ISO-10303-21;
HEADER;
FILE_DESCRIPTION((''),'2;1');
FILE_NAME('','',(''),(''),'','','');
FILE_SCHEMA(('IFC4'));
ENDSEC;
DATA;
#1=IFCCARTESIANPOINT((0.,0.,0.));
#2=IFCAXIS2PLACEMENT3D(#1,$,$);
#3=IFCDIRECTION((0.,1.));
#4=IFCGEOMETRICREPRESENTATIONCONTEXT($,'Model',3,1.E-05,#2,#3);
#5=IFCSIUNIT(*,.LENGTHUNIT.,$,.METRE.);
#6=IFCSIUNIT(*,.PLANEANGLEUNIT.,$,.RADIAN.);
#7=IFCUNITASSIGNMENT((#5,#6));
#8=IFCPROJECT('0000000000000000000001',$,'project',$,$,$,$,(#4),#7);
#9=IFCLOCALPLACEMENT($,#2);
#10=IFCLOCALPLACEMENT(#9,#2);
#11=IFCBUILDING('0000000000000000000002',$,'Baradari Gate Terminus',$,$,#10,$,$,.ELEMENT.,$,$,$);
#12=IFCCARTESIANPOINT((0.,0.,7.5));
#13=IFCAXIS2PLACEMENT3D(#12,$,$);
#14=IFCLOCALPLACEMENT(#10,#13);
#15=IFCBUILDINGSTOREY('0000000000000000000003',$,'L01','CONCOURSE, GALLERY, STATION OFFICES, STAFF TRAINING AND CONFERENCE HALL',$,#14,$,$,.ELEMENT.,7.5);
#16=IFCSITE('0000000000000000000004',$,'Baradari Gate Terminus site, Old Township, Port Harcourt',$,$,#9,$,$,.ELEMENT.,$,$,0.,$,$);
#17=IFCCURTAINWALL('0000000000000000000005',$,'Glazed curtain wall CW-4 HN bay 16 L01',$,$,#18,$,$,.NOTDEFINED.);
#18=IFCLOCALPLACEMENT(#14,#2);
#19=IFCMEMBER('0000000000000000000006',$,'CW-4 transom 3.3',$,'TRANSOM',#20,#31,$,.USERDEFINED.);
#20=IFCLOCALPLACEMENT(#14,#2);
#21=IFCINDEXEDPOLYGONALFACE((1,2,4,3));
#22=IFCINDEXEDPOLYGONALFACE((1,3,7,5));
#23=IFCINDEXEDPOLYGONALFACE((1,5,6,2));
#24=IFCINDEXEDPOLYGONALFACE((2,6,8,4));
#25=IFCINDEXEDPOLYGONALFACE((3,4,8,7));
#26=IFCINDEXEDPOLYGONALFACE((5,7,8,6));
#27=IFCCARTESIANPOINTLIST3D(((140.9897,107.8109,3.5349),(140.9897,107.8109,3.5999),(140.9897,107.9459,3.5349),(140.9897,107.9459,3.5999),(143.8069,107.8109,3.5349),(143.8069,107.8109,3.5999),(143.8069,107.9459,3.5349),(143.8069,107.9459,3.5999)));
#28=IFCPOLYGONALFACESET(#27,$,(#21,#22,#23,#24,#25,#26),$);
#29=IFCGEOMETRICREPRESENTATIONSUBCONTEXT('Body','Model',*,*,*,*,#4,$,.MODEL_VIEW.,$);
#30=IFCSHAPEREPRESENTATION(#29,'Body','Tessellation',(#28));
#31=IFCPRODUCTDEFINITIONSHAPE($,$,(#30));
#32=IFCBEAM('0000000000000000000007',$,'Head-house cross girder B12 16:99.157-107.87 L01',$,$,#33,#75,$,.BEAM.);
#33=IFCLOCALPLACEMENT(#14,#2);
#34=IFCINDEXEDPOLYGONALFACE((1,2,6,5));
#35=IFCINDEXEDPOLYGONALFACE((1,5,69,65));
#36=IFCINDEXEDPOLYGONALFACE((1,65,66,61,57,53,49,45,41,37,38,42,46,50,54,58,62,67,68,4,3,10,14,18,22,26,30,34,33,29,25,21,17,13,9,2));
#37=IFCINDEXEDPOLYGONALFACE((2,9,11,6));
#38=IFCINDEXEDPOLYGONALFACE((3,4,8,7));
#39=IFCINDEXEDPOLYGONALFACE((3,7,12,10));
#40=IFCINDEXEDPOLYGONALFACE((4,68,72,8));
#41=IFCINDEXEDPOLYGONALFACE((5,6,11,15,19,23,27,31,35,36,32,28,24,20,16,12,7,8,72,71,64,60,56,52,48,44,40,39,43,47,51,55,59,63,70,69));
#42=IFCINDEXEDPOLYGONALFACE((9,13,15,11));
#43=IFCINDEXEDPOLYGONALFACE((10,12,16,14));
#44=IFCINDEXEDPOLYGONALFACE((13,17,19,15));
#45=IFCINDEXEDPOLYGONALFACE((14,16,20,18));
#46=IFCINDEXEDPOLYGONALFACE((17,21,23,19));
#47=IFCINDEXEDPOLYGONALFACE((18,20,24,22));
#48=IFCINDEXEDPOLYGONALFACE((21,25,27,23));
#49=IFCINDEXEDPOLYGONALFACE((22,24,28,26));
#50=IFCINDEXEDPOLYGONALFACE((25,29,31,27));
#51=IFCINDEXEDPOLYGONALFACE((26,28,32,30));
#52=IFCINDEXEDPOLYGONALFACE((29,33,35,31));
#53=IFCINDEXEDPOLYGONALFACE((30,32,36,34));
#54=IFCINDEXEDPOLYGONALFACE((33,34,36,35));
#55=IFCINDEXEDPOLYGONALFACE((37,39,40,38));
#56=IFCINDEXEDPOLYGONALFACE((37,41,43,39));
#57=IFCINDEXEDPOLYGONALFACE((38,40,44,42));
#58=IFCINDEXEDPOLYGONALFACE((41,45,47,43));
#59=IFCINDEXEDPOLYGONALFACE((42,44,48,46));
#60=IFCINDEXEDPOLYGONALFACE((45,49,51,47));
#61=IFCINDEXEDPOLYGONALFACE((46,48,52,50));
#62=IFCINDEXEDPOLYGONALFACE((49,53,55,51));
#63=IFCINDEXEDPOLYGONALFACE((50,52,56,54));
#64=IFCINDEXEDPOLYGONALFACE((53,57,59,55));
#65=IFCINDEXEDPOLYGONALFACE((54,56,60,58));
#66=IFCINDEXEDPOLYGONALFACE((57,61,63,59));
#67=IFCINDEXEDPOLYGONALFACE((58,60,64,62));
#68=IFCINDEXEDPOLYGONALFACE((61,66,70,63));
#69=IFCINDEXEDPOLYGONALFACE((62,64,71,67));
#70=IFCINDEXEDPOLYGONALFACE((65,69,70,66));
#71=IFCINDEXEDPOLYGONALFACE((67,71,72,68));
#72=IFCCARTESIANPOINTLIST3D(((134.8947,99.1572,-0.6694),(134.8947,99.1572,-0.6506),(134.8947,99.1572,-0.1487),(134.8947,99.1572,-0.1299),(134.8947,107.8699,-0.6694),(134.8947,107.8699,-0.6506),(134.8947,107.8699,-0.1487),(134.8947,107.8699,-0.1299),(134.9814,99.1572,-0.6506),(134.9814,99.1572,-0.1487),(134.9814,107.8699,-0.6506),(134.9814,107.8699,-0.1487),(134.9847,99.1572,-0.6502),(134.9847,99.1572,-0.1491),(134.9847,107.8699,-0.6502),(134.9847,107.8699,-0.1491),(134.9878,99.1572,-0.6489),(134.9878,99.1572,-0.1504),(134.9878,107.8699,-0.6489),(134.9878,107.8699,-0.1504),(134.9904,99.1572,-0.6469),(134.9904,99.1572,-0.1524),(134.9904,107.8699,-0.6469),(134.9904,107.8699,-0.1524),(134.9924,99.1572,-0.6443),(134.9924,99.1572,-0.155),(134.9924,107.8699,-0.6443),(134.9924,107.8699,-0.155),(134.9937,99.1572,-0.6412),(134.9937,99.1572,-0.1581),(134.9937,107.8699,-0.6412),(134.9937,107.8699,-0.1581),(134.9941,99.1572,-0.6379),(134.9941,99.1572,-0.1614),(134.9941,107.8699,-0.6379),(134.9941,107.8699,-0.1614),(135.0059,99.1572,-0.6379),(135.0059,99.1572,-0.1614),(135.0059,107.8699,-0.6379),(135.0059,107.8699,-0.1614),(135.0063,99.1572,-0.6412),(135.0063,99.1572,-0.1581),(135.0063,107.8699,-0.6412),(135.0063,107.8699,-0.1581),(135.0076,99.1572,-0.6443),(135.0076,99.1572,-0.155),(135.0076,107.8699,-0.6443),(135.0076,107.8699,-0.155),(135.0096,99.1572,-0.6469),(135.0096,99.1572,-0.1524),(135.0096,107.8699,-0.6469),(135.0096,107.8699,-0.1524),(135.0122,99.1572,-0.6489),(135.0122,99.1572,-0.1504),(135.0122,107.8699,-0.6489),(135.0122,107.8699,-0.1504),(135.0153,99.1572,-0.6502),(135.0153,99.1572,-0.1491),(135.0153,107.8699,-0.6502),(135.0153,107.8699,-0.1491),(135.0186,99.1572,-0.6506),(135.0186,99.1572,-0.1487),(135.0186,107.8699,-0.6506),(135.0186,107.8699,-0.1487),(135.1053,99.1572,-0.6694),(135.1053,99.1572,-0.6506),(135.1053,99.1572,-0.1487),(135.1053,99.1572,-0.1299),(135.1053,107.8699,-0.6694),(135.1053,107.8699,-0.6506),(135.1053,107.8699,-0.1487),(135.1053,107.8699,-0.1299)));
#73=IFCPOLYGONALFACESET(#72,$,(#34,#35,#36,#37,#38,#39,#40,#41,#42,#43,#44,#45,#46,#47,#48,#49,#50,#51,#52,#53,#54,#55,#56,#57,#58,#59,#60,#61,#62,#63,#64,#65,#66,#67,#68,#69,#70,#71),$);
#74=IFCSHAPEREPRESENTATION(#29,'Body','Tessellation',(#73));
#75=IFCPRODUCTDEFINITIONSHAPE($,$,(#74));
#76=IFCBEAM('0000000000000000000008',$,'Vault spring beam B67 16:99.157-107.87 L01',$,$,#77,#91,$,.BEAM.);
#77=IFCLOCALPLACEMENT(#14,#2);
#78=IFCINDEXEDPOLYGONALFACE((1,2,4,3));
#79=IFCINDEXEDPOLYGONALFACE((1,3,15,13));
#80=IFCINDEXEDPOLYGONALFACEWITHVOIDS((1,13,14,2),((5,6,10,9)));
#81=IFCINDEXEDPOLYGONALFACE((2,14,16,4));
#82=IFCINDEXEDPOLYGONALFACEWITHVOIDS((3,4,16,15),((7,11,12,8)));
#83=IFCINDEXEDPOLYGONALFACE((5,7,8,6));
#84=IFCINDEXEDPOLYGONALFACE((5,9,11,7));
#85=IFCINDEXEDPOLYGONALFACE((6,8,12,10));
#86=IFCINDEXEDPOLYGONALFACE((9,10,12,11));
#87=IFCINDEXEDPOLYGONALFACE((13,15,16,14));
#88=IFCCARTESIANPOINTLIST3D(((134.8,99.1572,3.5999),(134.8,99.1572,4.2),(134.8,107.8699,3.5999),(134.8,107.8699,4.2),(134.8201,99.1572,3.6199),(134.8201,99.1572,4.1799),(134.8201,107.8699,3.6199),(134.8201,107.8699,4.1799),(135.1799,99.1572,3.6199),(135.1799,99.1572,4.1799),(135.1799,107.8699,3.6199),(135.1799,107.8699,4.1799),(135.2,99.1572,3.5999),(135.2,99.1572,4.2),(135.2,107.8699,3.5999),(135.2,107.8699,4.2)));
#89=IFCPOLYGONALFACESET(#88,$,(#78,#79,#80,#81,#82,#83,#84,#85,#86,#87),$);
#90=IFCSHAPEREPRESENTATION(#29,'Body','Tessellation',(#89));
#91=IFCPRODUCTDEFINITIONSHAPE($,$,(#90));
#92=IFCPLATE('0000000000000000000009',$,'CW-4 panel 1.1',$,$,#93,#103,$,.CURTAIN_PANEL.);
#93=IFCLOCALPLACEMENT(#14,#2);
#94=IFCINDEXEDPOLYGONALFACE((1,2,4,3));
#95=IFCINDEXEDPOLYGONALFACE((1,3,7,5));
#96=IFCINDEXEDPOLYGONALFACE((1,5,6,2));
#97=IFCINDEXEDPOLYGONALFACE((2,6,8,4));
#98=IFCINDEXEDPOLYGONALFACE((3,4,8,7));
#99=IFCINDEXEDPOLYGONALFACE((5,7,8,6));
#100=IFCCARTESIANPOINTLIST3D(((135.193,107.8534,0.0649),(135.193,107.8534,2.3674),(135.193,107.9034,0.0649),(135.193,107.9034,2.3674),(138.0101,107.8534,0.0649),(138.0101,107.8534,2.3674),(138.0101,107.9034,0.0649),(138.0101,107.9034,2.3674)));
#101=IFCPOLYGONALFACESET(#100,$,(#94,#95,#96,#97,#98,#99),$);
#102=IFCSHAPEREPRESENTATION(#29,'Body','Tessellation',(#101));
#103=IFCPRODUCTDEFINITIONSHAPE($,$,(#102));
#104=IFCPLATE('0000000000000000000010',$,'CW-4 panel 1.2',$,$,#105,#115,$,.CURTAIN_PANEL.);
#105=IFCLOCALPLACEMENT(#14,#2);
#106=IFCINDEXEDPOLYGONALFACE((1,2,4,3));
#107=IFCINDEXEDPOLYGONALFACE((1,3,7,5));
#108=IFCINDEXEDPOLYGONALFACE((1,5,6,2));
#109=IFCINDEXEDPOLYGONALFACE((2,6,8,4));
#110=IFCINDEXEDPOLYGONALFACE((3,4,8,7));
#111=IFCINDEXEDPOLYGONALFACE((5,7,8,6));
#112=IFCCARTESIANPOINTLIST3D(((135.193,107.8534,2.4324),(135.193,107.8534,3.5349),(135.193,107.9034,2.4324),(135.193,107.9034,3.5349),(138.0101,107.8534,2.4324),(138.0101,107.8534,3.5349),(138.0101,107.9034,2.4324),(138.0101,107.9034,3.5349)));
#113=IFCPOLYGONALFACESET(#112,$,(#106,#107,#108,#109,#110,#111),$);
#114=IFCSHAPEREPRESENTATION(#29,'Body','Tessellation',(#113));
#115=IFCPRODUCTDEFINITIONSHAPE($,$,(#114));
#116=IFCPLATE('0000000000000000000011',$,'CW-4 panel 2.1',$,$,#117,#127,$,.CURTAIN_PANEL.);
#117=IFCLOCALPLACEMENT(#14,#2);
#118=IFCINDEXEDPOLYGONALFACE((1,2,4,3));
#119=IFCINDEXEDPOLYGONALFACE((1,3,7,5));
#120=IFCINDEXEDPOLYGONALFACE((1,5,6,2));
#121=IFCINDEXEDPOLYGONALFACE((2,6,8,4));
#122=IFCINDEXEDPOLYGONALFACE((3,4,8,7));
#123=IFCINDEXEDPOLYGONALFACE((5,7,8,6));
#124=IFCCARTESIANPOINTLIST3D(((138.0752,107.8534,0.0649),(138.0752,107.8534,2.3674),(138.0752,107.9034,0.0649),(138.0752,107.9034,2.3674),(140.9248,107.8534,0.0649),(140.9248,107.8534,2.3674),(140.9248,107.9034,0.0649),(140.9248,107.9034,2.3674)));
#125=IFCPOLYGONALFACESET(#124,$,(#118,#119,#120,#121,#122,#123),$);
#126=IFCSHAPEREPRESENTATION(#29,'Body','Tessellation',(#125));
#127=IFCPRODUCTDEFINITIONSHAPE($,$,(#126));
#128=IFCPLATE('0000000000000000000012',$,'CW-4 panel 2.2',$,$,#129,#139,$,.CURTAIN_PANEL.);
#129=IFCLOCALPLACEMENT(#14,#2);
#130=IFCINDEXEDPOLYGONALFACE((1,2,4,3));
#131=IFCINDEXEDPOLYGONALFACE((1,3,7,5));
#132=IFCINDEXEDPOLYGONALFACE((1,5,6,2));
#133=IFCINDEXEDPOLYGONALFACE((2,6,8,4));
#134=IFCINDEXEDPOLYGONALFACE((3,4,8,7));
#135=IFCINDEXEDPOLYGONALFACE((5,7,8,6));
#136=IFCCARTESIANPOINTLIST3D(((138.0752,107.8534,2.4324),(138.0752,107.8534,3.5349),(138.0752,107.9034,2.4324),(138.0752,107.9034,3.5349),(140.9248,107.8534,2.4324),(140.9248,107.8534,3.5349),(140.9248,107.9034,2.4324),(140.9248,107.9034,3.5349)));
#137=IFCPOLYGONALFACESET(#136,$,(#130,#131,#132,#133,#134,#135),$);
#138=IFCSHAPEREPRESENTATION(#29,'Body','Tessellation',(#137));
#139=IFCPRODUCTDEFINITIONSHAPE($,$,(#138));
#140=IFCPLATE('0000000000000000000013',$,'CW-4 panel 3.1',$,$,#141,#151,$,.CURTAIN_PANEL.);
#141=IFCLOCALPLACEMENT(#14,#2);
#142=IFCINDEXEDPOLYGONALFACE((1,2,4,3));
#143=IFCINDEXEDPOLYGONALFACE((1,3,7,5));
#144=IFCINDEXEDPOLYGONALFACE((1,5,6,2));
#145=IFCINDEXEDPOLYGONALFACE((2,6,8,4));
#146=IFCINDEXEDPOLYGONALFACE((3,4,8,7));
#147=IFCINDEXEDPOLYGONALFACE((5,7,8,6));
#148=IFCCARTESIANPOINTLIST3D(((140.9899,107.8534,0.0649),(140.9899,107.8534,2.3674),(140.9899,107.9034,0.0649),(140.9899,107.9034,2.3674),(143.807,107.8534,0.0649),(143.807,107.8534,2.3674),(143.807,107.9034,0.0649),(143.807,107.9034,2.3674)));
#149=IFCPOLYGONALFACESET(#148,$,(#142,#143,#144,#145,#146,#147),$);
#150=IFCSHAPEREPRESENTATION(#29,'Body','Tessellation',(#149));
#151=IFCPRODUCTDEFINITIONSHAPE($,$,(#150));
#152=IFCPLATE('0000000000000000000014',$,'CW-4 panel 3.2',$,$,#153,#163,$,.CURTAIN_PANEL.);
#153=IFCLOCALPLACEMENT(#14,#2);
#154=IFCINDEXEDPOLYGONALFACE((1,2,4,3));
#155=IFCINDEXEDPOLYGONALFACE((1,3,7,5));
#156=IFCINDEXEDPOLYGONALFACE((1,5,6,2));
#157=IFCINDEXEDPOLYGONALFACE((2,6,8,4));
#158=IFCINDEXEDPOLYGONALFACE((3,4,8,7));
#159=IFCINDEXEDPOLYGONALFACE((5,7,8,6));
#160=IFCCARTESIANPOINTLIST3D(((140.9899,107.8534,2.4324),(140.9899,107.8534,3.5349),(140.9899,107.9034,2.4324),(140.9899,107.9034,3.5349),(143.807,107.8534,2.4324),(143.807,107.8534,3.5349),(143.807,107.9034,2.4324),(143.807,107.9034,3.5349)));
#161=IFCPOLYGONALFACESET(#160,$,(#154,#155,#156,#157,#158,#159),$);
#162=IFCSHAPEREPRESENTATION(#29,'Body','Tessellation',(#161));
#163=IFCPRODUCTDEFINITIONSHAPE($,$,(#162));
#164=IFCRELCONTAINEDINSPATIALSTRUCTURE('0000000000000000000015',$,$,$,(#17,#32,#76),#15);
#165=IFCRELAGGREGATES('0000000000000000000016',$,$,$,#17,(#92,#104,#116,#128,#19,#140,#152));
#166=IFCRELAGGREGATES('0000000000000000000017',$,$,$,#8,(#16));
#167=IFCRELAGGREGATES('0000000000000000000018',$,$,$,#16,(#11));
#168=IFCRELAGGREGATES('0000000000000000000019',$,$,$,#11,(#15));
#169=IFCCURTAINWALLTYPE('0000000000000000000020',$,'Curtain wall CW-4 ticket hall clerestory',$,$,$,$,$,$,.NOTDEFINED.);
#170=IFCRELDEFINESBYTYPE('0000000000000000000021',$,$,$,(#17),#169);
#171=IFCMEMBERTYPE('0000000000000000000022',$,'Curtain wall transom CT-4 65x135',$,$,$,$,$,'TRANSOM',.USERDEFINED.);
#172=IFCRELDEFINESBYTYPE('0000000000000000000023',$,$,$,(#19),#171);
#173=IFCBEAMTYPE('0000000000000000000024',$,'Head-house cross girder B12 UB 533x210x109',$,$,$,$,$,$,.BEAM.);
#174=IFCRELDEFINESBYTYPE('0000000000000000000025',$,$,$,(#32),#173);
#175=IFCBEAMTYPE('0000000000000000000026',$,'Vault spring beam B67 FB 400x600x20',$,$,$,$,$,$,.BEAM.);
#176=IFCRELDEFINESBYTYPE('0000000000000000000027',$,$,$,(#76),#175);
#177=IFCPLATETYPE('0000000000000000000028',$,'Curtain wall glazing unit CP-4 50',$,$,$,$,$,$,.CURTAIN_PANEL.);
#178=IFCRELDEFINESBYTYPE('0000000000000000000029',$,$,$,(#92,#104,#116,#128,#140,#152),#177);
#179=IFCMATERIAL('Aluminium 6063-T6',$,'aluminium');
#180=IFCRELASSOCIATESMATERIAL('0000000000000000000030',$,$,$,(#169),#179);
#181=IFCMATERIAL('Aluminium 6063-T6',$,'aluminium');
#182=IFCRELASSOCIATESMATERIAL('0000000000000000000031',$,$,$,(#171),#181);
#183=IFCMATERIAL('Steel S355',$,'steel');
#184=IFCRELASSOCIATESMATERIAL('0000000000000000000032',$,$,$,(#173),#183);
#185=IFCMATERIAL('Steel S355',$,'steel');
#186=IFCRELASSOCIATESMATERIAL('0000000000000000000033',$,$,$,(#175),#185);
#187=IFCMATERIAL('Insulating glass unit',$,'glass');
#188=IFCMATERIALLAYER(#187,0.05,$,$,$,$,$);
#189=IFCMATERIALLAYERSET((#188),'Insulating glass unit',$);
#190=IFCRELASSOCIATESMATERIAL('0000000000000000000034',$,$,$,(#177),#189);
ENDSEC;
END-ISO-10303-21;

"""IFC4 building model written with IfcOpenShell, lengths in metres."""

from ifc_helpers import new_model, si_unit, direction, frame, origin, origin_2d, place, context, subcontext, project, spatial, rectangle, hollow_rectangle, i_section, extrude, material, layer, layer_set, material_profile, profile_set, type_object, element, aggregate, save


model = new_model("IFC4")

# Units and contexts
model_context = context("Model", 3, precision=1e-05, world=origin(), true_north=direction((0.0, 1.0)))
body_context = subcontext(model_context, "Body", "Model", "MODEL_VIEW")
ifc_project = project(units=[si_unit("LENGTHUNIT", "METRE"), si_unit("PLANEANGLEUNIT", "RADIAN")], contexts=[model_context])

# Site, building, storey
site_placement = place(None, origin())
site = spatial("IfcSite", under=ifc_project, at=site_placement, Name="Baradari Gate Terminus site, Old Township, Port Harcourt", CompositionType="ELEMENT", RefElevation=0.0)
building_placement = place(site_placement, origin())
building = spatial("IfcBuilding", under=site, at=building_placement, Name="Baradari Gate Terminus", CompositionType="ELEMENT")
storey_placement = place(building_placement, frame((0.0, 0.0, 7.5)))
storey = spatial("IfcBuildingStorey", under=building, at=storey_placement, Name="L01", Description="CONCOURSE, GALLERY, STATION OFFICES, STAFF TRAINING AND CONFERENCE HALL", CompositionType="ELEMENT", Elevation=7.5)

# Curtain wall
ifc_material_1 = material(Name="Aluminium 6063-T6", Category="aluminium")
curtain_wall_type_1 = type_object("IfcCurtainWallType", Name="Curtain wall CW-4 ticket hall clerestory", PredefinedType="NOTDEFINED", material=ifc_material_1)
curtain_wall_1_placement = place(storey_placement, origin())
curtain_wall_1 = element("IfcCurtainWall", 1, at=curtain_wall_1_placement, inside=storey, type_object=curtain_wall_type_1, Name="Glazed curtain wall CW-4 HN bay 16 L01", PredefinedType="NOTDEFINED")

# Member
ifc_material_2 = material(Name="Aluminium 6063-T6", Category="aluminium")
ifc_material_profile_1 = material_profile(ifc_material_2, rectangle(XDim=0.135, YDim=0.0649, at=origin_2d()), Name="CT-4 65X135")
ifc_profile_set_1 = profile_set([ifc_material_profile_1], Name="Aluminium 6063-T6")
member_type_1 = type_object("IfcMemberType", Name="Curtain wall transom CT-4 65x135", ElementType="TRANSOM", PredefinedType="USERDEFINED", material=ifc_profile_set_1)
member_1_placement = place(storey_placement, frame((140.9897, 107.8784, 3.5674), z_axis=(1.0, 0.0, 0.0), x_axis=(0.0, 1.0, 0.0)))
member_1 = element("IfcMember", 2, at=member_1_placement, type_object=member_type_1, Name="CW-4 transom 3.3", ObjectType="TRANSOM", PredefinedType="USERDEFINED", context=body_context, shape_type="SweptSolid", body=[
    extrude(rectangle(XDim=0.135, YDim=0.0649, at=origin_2d()), origin(), (0.0, 0.0, 1.0), 2.8171),
])

# Beams
ifc_material_3 = material(Name="Steel S355", Category="steel")
ifc_material_profile_2 = material_profile(ifc_material_3, i_section(OverallWidth=0.2107, OverallDepth=0.5396, WebThickness=0.0117, FlangeThickness=0.0188, FilletRadius=0.0127, at=origin_2d()), Name="UB 533x210x109")
ifc_profile_set_2 = profile_set([ifc_material_profile_2], Name="Steel S355")
beam_type_1 = type_object("IfcBeamType", Name="Head-house cross girder B12 UB 533x210x109", PredefinedType="BEAM", material=ifc_profile_set_2)
beam_1_placement = place(storey_placement, frame((135.0, 99.1572, -0.3997), z_axis=(0.0, 1.0, 0.0), x_axis=(-1.0, 0.0, 0.0)))
element("IfcBeam", 3, at=beam_1_placement, inside=storey, type_object=beam_type_1, Name="Head-house cross girder B12 16:99.157-107.87 L01", PredefinedType="BEAM", context=body_context, shape_type="SweptSolid", body=[
    extrude(i_section(OverallWidth=0.2107, OverallDepth=0.5396, WebThickness=0.0117, FlangeThickness=0.0188, FilletRadius=0.0127, at=origin_2d()), origin(), (0.0, 0.0, 1.0), 8.7126),
])
ifc_material_4 = material(Name="Steel S355", Category="steel")
ifc_material_profile_3 = material_profile(ifc_material_4, hollow_rectangle(XDim=0.3999, YDim=0.6001, WallThickness=0.02, at=origin_2d()), Name="FB 400x600x20")
ifc_profile_set_3 = profile_set([ifc_material_profile_3], Name="Steel S355")
beam_type_2 = type_object("IfcBeamType", Name="Vault spring beam B67 FB 400x600x20", PredefinedType="BEAM", material=ifc_profile_set_3)
beam_2_placement = place(storey_placement, frame((135.0, 99.1572, 3.8999), z_axis=(0.0, 1.0, 0.0), x_axis=(-1.0, 0.0, 0.0)))
element("IfcBeam", 4, at=beam_2_placement, inside=storey, type_object=beam_type_2, Name="Vault spring beam B67 16:99.157-107.87 L01", PredefinedType="BEAM", context=body_context, shape_type="SweptSolid", body=[
    extrude(hollow_rectangle(XDim=0.3999, YDim=0.6001, WallThickness=0.02, at=origin_2d()), origin(), (0.0, 0.0, 1.0), 8.7126),
])

# Plates
ifc_material_5 = material(Name="Insulating glass unit", Category="glass")
ifc_layer = layer(ifc_material_5, 0.05)
ifc_layer_set = layer_set([ifc_layer], Name="Insulating glass unit")
plate_type = type_object("IfcPlateType", Name="Curtain wall glazing unit CP-4 50", PredefinedType="CURTAIN_PANEL", material=ifc_layer_set)
plate_1_placement = place(storey_placement, frame((136.6016, 107.8784, 0.0649), z_axis=(0.0, 0.0, 1.0), x_axis=(1.0, 0.0, 0.0)))
plate_1 = element("IfcPlate", 5, at=plate_1_placement, type_object=plate_type, Name="CW-4 panel 1.1", PredefinedType="CURTAIN_PANEL", context=body_context, shape_type="SweptSolid", body=[
    extrude(rectangle(XDim=2.8171, YDim=0.05, at=origin_2d()), origin(), (0.0, 0.0, 1.0), 2.3025),
])
plate_2_placement = place(storey_placement, frame((136.6016, 107.8784, 2.4324), z_axis=(0.0, 0.0, 1.0), x_axis=(1.0, 0.0, 0.0)))
plate_2 = element("IfcPlate", 6, at=plate_2_placement, type_object=plate_type, Name="CW-4 panel 1.2", PredefinedType="CURTAIN_PANEL", context=body_context, shape_type="SweptSolid", body=[
    extrude(rectangle(XDim=2.8171, YDim=0.05, at=origin_2d()), origin(), (0.0, 0.0, 1.0), 1.1025),
])
plate_3_placement = place(storey_placement, frame((139.5, 107.8784, 0.0649), z_axis=(0.0, 0.0, 1.0), x_axis=(1.0, 0.0, 0.0)))
plate_3 = element("IfcPlate", 7, at=plate_3_placement, type_object=plate_type, Name="CW-4 panel 2.1", PredefinedType="CURTAIN_PANEL", context=body_context, shape_type="SweptSolid", body=[
    extrude(rectangle(XDim=2.8496, YDim=0.05, at=origin_2d()), origin(), (0.0, 0.0, 1.0), 2.3025),
])
plate_4_placement = place(storey_placement, frame((139.5, 107.8784, 2.4324), z_axis=(0.0, 0.0, 1.0), x_axis=(1.0, 0.0, 0.0)))
plate_4 = element("IfcPlate", 8, at=plate_4_placement, type_object=plate_type, Name="CW-4 panel 2.2", PredefinedType="CURTAIN_PANEL", context=body_context, shape_type="SweptSolid", body=[
    extrude(rectangle(XDim=2.8496, YDim=0.05, at=origin_2d()), origin(), (0.0, 0.0, 1.0), 1.1025),
])
plate_5_placement = place(storey_placement, frame((142.3984, 107.8784, 0.0649), z_axis=(0.0, 0.0, 1.0), x_axis=(1.0, 0.0, 0.0)))
plate_5 = element("IfcPlate", 9, at=plate_5_placement, type_object=plate_type, Name="CW-4 panel 3.1", PredefinedType="CURTAIN_PANEL", context=body_context, shape_type="SweptSolid", body=[
    extrude(rectangle(XDim=2.8171, YDim=0.05, at=origin_2d()), origin(), (0.0, 0.0, 1.0), 2.3025),
])
plate_6_placement = place(storey_placement, frame((142.3984, 107.8784, 2.4324), z_axis=(0.0, 0.0, 1.0), x_axis=(1.0, 0.0, 0.0)))
plate_6 = element("IfcPlate", 10, at=plate_6_placement, type_object=plate_type, Name="CW-4 panel 3.2", PredefinedType="CURTAIN_PANEL", context=body_context, shape_type="SweptSolid", body=[
    extrude(rectangle(XDim=2.8171, YDim=0.05, at=origin_2d()), origin(), (0.0, 0.0, 1.0), 1.1025),
])
aggregate(curtain_wall_1, [plate_1, plate_2, plate_3, plate_4, member_1, plate_5, plate_6])

save(model, "model.ifc")
